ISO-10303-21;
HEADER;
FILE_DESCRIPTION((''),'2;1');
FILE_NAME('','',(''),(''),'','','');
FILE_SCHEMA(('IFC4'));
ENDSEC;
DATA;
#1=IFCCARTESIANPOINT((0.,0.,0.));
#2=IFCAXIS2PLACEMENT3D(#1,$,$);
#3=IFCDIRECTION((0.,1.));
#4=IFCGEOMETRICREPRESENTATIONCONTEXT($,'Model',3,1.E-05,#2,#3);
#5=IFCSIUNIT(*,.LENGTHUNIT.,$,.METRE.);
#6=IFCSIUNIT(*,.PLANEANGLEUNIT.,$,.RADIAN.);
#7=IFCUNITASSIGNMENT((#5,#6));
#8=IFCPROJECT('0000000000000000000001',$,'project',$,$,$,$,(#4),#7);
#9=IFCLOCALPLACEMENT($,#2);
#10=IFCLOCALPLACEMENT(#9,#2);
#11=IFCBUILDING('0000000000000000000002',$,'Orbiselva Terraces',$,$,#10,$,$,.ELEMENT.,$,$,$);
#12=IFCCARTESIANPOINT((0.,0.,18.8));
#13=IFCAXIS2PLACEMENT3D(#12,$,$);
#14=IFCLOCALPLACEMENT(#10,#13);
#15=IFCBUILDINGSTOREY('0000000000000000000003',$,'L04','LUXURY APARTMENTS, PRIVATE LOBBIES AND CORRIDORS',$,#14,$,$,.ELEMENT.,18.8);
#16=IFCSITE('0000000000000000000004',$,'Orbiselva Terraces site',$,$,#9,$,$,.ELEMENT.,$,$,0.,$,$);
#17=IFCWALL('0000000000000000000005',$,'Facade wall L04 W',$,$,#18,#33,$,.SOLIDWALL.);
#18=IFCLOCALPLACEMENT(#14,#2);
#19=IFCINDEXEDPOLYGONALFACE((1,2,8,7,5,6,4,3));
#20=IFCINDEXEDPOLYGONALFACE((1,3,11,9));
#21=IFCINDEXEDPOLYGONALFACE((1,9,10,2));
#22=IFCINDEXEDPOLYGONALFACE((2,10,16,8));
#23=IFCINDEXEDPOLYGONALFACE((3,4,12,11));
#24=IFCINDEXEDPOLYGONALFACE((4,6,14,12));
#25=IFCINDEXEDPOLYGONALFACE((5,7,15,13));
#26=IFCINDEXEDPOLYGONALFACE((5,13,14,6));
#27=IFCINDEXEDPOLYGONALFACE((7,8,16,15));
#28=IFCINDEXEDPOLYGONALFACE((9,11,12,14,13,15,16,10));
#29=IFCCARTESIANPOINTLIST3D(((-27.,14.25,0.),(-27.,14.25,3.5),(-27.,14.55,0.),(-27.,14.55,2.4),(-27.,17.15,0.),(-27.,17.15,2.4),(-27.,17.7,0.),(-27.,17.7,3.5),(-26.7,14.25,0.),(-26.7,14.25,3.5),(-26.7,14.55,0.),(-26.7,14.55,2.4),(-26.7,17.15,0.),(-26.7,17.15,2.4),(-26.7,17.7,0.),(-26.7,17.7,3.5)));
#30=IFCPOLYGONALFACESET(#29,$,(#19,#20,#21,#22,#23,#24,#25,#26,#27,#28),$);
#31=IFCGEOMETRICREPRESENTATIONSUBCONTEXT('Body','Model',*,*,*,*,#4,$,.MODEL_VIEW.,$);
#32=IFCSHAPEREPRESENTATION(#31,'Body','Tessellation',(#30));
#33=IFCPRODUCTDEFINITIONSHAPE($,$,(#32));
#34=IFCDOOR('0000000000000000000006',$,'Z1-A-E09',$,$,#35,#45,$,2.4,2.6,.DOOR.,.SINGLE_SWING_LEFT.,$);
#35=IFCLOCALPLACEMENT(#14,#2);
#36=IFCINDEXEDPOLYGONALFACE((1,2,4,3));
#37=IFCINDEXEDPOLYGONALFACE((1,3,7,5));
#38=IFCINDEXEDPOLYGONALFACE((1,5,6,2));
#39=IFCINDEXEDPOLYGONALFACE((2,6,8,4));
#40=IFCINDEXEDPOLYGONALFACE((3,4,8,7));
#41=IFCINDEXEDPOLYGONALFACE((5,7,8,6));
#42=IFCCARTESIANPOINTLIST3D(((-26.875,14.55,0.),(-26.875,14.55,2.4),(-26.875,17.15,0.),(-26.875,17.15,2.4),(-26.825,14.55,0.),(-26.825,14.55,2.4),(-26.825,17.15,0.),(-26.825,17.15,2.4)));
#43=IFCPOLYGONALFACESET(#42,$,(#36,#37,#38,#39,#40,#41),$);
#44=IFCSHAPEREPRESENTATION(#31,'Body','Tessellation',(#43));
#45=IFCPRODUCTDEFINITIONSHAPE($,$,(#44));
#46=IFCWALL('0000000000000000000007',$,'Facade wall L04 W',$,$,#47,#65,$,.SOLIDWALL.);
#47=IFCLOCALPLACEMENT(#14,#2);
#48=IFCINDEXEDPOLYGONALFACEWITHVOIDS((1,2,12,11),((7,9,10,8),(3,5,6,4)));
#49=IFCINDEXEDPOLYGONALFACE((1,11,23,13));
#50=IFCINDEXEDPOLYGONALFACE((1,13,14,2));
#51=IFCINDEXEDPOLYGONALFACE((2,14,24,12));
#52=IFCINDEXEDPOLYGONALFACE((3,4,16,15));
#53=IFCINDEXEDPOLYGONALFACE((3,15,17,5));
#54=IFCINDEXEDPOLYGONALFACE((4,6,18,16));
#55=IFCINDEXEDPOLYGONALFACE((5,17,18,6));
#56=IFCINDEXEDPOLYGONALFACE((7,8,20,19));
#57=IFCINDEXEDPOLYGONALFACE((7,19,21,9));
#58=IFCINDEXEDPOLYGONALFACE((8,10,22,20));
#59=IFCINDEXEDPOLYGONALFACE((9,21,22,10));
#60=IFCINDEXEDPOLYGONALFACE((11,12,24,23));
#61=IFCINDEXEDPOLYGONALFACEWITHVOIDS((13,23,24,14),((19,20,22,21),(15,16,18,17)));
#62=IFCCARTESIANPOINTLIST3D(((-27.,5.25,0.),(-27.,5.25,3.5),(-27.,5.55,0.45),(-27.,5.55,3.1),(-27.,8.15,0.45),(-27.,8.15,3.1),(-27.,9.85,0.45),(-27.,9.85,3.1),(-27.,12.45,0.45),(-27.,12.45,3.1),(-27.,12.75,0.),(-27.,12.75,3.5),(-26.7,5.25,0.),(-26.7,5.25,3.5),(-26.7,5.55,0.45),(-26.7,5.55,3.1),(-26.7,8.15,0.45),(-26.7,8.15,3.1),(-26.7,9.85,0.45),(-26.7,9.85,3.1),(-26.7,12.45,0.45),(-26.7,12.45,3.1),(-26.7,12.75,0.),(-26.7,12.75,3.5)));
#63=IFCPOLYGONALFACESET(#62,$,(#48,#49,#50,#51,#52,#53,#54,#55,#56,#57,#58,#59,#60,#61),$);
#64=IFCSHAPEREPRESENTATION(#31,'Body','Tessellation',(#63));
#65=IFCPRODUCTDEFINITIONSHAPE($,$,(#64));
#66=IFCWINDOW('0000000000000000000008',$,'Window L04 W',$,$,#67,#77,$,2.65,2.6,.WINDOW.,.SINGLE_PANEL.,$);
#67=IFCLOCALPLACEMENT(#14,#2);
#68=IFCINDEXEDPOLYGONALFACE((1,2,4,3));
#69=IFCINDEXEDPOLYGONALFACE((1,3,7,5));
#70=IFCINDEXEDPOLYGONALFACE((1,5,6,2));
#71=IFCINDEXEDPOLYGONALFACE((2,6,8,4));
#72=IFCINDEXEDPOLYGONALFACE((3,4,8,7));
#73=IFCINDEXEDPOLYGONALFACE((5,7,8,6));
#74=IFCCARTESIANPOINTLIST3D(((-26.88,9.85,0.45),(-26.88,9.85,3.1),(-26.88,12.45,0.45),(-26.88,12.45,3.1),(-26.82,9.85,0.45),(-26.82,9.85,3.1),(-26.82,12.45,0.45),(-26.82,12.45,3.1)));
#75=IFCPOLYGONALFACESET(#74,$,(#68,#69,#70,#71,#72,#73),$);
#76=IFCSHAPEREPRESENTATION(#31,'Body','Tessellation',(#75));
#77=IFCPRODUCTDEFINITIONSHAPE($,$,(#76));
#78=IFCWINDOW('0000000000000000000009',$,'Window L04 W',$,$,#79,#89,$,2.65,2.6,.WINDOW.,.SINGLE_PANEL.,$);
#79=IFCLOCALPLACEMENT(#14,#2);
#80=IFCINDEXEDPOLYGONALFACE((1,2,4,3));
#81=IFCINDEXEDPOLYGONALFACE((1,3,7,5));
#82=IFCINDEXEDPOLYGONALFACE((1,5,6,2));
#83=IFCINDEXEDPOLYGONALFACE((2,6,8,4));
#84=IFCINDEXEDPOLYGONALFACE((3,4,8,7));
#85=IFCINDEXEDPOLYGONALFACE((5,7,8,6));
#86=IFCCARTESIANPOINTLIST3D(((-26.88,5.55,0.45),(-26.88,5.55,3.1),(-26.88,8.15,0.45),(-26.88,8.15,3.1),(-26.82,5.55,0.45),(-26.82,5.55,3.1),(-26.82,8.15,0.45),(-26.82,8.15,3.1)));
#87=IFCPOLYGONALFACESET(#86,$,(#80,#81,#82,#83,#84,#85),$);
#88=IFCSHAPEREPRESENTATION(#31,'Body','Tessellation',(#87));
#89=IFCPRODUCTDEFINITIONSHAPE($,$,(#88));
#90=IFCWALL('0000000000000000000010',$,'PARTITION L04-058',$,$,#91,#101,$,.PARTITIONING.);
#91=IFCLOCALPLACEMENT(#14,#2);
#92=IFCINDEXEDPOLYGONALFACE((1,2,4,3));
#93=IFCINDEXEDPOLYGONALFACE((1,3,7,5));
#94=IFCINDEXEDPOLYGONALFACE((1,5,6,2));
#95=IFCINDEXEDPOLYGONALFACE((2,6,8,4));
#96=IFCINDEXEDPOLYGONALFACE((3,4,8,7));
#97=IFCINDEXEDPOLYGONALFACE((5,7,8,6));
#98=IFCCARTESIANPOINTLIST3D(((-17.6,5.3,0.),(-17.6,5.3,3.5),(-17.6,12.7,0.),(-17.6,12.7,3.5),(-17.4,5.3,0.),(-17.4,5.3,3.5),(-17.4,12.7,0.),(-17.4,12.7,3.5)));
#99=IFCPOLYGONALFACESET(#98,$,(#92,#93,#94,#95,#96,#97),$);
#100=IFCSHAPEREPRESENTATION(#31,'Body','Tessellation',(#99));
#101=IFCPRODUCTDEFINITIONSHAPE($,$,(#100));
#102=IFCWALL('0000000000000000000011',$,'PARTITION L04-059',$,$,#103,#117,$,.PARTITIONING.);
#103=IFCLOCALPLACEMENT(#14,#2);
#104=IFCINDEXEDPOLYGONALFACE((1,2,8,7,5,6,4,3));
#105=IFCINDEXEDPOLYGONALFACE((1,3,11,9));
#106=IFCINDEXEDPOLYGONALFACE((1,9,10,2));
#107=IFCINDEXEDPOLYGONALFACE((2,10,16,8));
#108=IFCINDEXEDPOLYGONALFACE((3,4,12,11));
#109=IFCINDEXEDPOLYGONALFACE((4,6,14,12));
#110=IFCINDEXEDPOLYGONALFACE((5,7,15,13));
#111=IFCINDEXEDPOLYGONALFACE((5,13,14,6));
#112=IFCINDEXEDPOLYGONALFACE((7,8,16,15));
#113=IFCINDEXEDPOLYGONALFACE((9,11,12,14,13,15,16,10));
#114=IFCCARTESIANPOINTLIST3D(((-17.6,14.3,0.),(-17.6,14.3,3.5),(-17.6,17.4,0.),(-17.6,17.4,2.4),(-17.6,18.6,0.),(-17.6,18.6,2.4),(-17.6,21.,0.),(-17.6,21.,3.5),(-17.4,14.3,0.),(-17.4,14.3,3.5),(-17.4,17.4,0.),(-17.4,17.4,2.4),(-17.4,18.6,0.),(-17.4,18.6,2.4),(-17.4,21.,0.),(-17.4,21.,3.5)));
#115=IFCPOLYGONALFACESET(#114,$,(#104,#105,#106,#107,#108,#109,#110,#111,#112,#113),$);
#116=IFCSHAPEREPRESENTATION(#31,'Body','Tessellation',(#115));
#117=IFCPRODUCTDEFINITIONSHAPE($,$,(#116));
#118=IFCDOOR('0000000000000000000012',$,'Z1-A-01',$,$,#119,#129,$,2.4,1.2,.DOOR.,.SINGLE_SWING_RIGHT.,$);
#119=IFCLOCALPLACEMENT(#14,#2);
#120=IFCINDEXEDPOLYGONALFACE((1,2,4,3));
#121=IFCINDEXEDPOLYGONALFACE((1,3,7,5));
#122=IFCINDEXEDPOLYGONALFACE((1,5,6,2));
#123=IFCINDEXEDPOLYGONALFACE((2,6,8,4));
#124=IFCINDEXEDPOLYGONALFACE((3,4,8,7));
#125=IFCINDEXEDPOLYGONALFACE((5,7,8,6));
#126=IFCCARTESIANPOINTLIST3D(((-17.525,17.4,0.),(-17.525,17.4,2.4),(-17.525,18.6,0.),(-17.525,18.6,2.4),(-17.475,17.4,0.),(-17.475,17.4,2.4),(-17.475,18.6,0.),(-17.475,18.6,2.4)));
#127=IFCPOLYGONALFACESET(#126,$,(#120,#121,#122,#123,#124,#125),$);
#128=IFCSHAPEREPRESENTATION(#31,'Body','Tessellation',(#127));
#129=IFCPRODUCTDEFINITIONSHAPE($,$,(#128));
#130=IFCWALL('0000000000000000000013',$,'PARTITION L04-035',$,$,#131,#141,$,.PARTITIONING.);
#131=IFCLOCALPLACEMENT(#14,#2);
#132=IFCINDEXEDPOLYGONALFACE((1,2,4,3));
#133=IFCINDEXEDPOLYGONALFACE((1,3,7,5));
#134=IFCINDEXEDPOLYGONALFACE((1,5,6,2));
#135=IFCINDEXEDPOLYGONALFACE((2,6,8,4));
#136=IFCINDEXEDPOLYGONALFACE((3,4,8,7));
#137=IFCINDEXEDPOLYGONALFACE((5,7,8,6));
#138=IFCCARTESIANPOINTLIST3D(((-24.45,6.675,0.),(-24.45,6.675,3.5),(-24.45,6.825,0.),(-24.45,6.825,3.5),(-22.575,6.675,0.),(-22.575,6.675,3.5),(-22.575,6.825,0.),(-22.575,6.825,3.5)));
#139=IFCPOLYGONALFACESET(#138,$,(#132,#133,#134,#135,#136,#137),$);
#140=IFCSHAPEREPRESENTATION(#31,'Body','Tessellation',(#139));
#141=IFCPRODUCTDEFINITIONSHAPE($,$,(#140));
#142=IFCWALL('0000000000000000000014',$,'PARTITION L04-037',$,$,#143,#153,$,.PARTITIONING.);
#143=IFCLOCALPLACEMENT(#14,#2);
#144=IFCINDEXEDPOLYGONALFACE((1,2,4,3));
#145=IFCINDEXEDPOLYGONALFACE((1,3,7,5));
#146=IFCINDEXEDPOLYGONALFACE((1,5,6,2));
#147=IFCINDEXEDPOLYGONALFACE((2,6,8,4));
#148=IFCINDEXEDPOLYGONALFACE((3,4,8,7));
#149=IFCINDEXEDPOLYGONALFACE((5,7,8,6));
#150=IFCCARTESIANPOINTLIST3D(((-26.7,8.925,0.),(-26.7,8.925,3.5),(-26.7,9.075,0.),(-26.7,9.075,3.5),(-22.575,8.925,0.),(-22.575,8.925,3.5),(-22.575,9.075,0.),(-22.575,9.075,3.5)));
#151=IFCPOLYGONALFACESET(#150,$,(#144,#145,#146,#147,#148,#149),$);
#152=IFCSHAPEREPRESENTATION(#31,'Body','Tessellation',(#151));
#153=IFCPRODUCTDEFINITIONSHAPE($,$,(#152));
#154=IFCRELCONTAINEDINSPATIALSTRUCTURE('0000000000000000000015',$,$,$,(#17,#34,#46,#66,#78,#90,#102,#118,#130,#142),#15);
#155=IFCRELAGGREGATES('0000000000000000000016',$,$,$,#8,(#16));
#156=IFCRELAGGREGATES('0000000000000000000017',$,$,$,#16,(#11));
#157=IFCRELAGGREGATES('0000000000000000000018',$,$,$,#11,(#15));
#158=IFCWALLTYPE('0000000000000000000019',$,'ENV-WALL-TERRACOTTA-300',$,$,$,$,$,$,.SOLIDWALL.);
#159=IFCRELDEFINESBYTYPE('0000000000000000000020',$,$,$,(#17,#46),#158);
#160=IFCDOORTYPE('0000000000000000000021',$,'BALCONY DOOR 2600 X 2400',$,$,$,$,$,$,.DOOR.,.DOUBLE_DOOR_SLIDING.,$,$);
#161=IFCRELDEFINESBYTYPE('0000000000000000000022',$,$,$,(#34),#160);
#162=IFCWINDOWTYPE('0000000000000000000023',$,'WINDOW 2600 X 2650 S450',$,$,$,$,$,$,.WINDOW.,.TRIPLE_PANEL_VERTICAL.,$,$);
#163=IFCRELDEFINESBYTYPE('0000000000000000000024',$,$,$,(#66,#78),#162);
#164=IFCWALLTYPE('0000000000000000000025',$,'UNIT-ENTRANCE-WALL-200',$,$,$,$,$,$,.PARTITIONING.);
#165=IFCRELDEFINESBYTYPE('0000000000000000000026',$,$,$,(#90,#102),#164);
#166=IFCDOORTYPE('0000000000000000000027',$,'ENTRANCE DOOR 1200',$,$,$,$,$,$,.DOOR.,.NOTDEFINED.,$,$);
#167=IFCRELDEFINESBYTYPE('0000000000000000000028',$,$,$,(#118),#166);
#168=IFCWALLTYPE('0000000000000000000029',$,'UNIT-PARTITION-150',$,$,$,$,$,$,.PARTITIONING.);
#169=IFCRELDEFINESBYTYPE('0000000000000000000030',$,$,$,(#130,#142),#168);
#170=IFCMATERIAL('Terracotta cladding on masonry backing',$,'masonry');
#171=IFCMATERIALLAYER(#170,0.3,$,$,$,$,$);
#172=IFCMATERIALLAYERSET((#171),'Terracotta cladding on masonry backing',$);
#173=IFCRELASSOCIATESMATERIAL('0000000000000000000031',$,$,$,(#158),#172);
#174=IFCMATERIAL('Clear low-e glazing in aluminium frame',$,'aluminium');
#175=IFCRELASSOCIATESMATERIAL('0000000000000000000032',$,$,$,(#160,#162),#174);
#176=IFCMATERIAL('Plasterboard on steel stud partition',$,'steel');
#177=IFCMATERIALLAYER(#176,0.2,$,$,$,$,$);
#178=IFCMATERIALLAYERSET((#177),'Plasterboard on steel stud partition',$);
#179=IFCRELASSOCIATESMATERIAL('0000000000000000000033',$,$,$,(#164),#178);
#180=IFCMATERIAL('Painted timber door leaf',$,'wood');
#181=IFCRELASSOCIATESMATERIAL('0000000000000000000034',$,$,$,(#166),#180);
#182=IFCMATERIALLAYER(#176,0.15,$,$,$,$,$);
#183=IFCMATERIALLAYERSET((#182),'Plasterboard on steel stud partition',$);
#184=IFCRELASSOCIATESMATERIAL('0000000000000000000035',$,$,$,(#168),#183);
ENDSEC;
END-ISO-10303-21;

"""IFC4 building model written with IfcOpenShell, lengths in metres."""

from ifc_helpers import new_model, si_unit, direction, frame, frame_2d, origin, place, context, subcontext, project, spatial, rectangle, extrude, material, layer, layer_set, type_object, element, fill, save


model = new_model("IFC4")

# Units and contexts
model_context = context("Model", 3, precision=1e-05, world=origin(), true_north=direction((0.0, 1.0)))
body_context = subcontext(model_context, "Body", "Model", "MODEL_VIEW")
ifc_project = project(units=[si_unit("LENGTHUNIT", "METRE"), si_unit("PLANEANGLEUNIT", "RADIAN")], contexts=[model_context])

# Site, building, storey
site_placement = place(None, origin())
site = spatial("IfcSite", under=ifc_project, at=site_placement, Name="Orbiselva Terraces site", CompositionType="ELEMENT", RefElevation=0.0)
building_placement = place(site_placement, origin())
building = spatial("IfcBuilding", under=site, at=building_placement, Name="Orbiselva Terraces", CompositionType="ELEMENT")
storey_placement = place(building_placement, frame((0.0, 0.0, 18.8)))
storey = spatial("IfcBuildingStorey", under=building, at=storey_placement, Name="L04", Description="LUXURY APARTMENTS, PRIVATE LOBBIES AND CORRIDORS", CompositionType="ELEMENT", Elevation=18.8)

# Wall, opening, door
ifc_material_1 = material(Name="Terracotta cladding on masonry backing", Category="masonry")
ifc_layer_1 = layer(ifc_material_1, 0.3)
ifc_layer_set_1 = layer_set([ifc_layer_1], Name="Terracotta cladding on masonry backing")
wall_type_1 = type_object("IfcWallType", Name="ENV-WALL-TERRACOTTA-300", PredefinedType="SOLIDWALL", material=ifc_layer_set_1)
wall_1_placement = place(storey_placement, frame((-26.85, 14.25, 0.0), z_axis=(0.0, 0.0, 1.0), x_axis=(0.0, 1.0, 0.0)))
wall_1 = element("IfcWall", 1, at=wall_1_placement, inside=storey, type_object=wall_type_1, Name="Facade wall L04 W", PredefinedType="SOLIDWALL", context=body_context, shape_type="SweptSolid", body=[
    extrude(rectangle(XDim=3.45, YDim=0.3, at=frame_2d((1.725, 0.0))), origin(), (0.0, 0.0, 1.0), 3.5),
])
opening_1_placement = place(wall_1_placement, frame((0.3, 0.0, 0.0)))
opening_1 = element("IfcOpeningElement", 2, at=opening_1_placement, cuts=wall_1, PredefinedType="OPENING", context=body_context, shape_type="SweptSolid", body=[
    extrude(rectangle(XDim=2.6, YDim=2.4, at=frame_2d((1.3, 1.2))), frame((0.0, 0.16, 0.0), z_axis=(0.0, -1.0, 0.0), x_axis=(1.0, 0.0, 0.0)), (0.0, 0.0, 1.0), 0.32),
])
ifc_material_2 = material(Name="Clear low-e glazing in aluminium frame", Category="aluminium")
door_type_1 = type_object("IfcDoorType", Name="BALCONY DOOR 2600 X 2400", OperationType="DOUBLE_DOOR_SLIDING", PredefinedType="DOOR", material=ifc_material_2)
door_1_placement = place(opening_1_placement, origin())
door_1 = element("IfcDoor", 3, at=door_1_placement, inside=storey, type_object=door_type_1, Name="Z1-A-E09", OperationType="SINGLE_SWING_LEFT", OverallHeight=2.4, OverallWidth=2.6, PredefinedType="DOOR", context=body_context, shape_type="SweptSolid", body=[
    extrude(rectangle(XDim=2.6, YDim=2.4, at=frame_2d((1.3, 1.2))), frame((0.0, 0.025, 0.0), z_axis=(0.0, -1.0, 0.0), x_axis=(1.0, 0.0, 0.0)), (0.0, 0.0, 1.0), 0.05),
])
fill(opening_1, door_1)

# Wall, openings, windows
wall_2_placement = place(storey_placement, frame((-26.85, 5.25, 0.0), z_axis=(0.0, 0.0, 1.0), x_axis=(0.0, 1.0, 0.0)))
wall_2 = element("IfcWall", 4, at=wall_2_placement, inside=storey, type_object=wall_type_1, Name="Facade wall L04 W", PredefinedType="SOLIDWALL", context=body_context, shape_type="SweptSolid", body=[
    extrude(rectangle(XDim=7.5, YDim=0.3, at=frame_2d((3.75, 0.0))), origin(), (0.0, 0.0, 1.0), 3.5),
])
opening_2_placement = place(wall_2_placement, frame((4.6, 0.0, 0.45)))
opening_2 = element("IfcOpeningElement", 5, at=opening_2_placement, cuts=wall_2, PredefinedType="OPENING", context=body_context, shape_type="SweptSolid", body=[
    extrude(rectangle(XDim=2.6, YDim=2.65, at=frame_2d((1.3, 1.325))), frame((0.0, 0.16, 0.0), z_axis=(0.0, -1.0, 0.0), x_axis=(1.0, 0.0, 0.0)), (0.0, 0.0, 1.0), 0.32),
])
opening_3_placement = place(wall_2_placement, frame((0.3, 0.0, 0.45)))
opening_3 = element("IfcOpeningElement", 6, at=opening_3_placement, cuts=wall_2, PredefinedType="OPENING", context=body_context, shape_type="SweptSolid", body=[
    extrude(rectangle(XDim=2.6, YDim=2.65, at=frame_2d((1.3, 1.325))), frame((0.0, 0.16, 0.0), z_axis=(0.0, -1.0, 0.0), x_axis=(1.0, 0.0, 0.0)), (0.0, 0.0, 1.0), 0.32),
])
window_type = type_object("IfcWindowType", Name="WINDOW 2600 X 2650 S450", PartitioningType="TRIPLE_PANEL_VERTICAL", PredefinedType="WINDOW", material=ifc_material_2)
window_1_placement = place(opening_2_placement, origin())
window_1 = element("IfcWindow", 7, at=window_1_placement, inside=storey, type_object=window_type, Name="Window L04 W", OverallHeight=2.65, OverallWidth=2.6, PartitioningType="SINGLE_PANEL", PredefinedType="WINDOW", context=body_context, shape_type="SweptSolid", body=[
    extrude(rectangle(XDim=2.6, YDim=2.65, at=frame_2d((1.3, 1.325))), frame((0.0, 0.03, 0.0), z_axis=(0.0, -1.0, 0.0), x_axis=(1.0, 0.0, 0.0)), (0.0, 0.0, 1.0), 0.06),
])
fill(opening_2, window_1)
window_2_placement = place(opening_3_placement, origin())
window_2 = element("IfcWindow", 8, at=window_2_placement, inside=storey, type_object=window_type, Name="Window L04 W", OverallHeight=2.65, OverallWidth=2.6, PartitioningType="SINGLE_PANEL", PredefinedType="WINDOW", context=body_context, shape_type="SweptSolid", body=[
    extrude(rectangle(XDim=2.6, YDim=2.65, at=frame_2d((1.3, 1.325))), frame((0.0, 0.03, 0.0), z_axis=(0.0, -1.0, 0.0), x_axis=(1.0, 0.0, 0.0)), (0.0, 0.0, 1.0), 0.06),
])
fill(opening_3, window_2)

# Wall
ifc_material_3 = material(Name="Plasterboard on steel stud partition", Category="steel")
ifc_layer_2 = layer(ifc_material_3, 0.2)
ifc_layer_set_2 = layer_set([ifc_layer_2], Name="Plasterboard on steel stud partition")
wall_type_2 = type_object("IfcWallType", Name="UNIT-ENTRANCE-WALL-200", PredefinedType="PARTITIONING", material=ifc_layer_set_2)
wall_3_placement = place(storey_placement, frame((-17.5, 5.3, 0.0), z_axis=(0.0, 0.0, 1.0), x_axis=(0.0, 1.0, 0.0)))
element("IfcWall", 9, at=wall_3_placement, inside=storey, type_object=wall_type_2, Name="PARTITION L04-058", PredefinedType="PARTITIONING", context=body_context, shape_type="SweptSolid", body=[
    extrude(rectangle(XDim=7.4, YDim=0.2, at=frame_2d((3.7, 0.0))), origin(), (0.0, 0.0, 1.0), 3.5),
])

# Wall, opening, door
wall_4_placement = place(storey_placement, frame((-17.5, 14.3, 0.0), z_axis=(0.0, 0.0, 1.0), x_axis=(0.0, 1.0, 0.0)))
wall_4 = element("IfcWall", 10, at=wall_4_placement, inside=storey, type_object=wall_type_2, Name="PARTITION L04-059", PredefinedType="PARTITIONING", context=body_context, shape_type="SweptSolid", body=[
    extrude(rectangle(XDim=6.7, YDim=0.2, at=frame_2d((3.35, 0.0))), origin(), (0.0, 0.0, 1.0), 3.5),
])
opening_4_placement = place(wall_4_placement, frame((3.1, 0.0, 0.0)))
opening_4 = element("IfcOpeningElement", 11, at=opening_4_placement, cuts=wall_4, PredefinedType="OPENING", context=body_context, shape_type="SweptSolid", body=[
    extrude(rectangle(XDim=1.2, YDim=2.4, at=frame_2d((0.6, 1.2))), frame((0.0, 0.11, 0.0), z_axis=(0.0, -1.0, 0.0), x_axis=(1.0, 0.0, 0.0)), (0.0, 0.0, 1.0), 0.22),
])
ifc_material_4 = material(Name="Painted timber door leaf", Category="wood")
door_type_2 = type_object("IfcDoorType", Name="ENTRANCE DOOR 1200", OperationType="NOTDEFINED", PredefinedType="DOOR", material=ifc_material_4)
door_2_placement = place(opening_4_placement, origin())
door_2 = element("IfcDoor", 12, at=door_2_placement, inside=storey, type_object=door_type_2, Name="Z1-A-01", OperationType="SINGLE_SWING_RIGHT", OverallHeight=2.4, OverallWidth=1.2, PredefinedType="DOOR", context=body_context, shape_type="SweptSolid", body=[
    extrude(rectangle(XDim=1.2, YDim=2.4, at=frame_2d((0.6, 1.2))), frame((0.0, 0.025, 0.0), z_axis=(0.0, -1.0, 0.0), x_axis=(1.0, 0.0, 0.0)), (0.0, 0.0, 1.0), 0.05),
])
fill(opening_4, door_2)

# Walls
ifc_layer_3 = layer(ifc_material_3, 0.15)
ifc_layer_set_3 = layer_set([ifc_layer_3], Name="Plasterboard on steel stud partition")
wall_type_3 = type_object("IfcWallType", Name="UNIT-PARTITION-150", PredefinedType="PARTITIONING", material=ifc_layer_set_3)
wall_5_placement = place(storey_placement, frame((-24.45, 6.75, 0.0), z_axis=(0.0, 0.0, 1.0), x_axis=(1.0, 0.0, 0.0)))
element("IfcWall", 13, at=wall_5_placement, inside=storey, type_object=wall_type_3, Name="PARTITION L04-035", PredefinedType="PARTITIONING", context=body_context, shape_type="SweptSolid", body=[
    extrude(rectangle(XDim=1.875, YDim=0.15, at=frame_2d((0.9375, 0.0))), origin(), (0.0, 0.0, 1.0), 3.5),
])
wall_6_placement = place(storey_placement, frame((-26.7, 9.0, 0.0), z_axis=(0.0, 0.0, 1.0), x_axis=(1.0, 0.0, 0.0)))
element("IfcWall", 14, at=wall_6_placement, inside=storey, type_object=wall_type_3, Name="PARTITION L04-037", PredefinedType="PARTITIONING", context=body_context, shape_type="SweptSolid", body=[
    extrude(rectangle(XDim=4.125, YDim=0.15, at=frame_2d((2.0625, 0.0))), origin(), (0.0, 0.0, 1.0), 3.5),
])

save(model, "model.ifc")
